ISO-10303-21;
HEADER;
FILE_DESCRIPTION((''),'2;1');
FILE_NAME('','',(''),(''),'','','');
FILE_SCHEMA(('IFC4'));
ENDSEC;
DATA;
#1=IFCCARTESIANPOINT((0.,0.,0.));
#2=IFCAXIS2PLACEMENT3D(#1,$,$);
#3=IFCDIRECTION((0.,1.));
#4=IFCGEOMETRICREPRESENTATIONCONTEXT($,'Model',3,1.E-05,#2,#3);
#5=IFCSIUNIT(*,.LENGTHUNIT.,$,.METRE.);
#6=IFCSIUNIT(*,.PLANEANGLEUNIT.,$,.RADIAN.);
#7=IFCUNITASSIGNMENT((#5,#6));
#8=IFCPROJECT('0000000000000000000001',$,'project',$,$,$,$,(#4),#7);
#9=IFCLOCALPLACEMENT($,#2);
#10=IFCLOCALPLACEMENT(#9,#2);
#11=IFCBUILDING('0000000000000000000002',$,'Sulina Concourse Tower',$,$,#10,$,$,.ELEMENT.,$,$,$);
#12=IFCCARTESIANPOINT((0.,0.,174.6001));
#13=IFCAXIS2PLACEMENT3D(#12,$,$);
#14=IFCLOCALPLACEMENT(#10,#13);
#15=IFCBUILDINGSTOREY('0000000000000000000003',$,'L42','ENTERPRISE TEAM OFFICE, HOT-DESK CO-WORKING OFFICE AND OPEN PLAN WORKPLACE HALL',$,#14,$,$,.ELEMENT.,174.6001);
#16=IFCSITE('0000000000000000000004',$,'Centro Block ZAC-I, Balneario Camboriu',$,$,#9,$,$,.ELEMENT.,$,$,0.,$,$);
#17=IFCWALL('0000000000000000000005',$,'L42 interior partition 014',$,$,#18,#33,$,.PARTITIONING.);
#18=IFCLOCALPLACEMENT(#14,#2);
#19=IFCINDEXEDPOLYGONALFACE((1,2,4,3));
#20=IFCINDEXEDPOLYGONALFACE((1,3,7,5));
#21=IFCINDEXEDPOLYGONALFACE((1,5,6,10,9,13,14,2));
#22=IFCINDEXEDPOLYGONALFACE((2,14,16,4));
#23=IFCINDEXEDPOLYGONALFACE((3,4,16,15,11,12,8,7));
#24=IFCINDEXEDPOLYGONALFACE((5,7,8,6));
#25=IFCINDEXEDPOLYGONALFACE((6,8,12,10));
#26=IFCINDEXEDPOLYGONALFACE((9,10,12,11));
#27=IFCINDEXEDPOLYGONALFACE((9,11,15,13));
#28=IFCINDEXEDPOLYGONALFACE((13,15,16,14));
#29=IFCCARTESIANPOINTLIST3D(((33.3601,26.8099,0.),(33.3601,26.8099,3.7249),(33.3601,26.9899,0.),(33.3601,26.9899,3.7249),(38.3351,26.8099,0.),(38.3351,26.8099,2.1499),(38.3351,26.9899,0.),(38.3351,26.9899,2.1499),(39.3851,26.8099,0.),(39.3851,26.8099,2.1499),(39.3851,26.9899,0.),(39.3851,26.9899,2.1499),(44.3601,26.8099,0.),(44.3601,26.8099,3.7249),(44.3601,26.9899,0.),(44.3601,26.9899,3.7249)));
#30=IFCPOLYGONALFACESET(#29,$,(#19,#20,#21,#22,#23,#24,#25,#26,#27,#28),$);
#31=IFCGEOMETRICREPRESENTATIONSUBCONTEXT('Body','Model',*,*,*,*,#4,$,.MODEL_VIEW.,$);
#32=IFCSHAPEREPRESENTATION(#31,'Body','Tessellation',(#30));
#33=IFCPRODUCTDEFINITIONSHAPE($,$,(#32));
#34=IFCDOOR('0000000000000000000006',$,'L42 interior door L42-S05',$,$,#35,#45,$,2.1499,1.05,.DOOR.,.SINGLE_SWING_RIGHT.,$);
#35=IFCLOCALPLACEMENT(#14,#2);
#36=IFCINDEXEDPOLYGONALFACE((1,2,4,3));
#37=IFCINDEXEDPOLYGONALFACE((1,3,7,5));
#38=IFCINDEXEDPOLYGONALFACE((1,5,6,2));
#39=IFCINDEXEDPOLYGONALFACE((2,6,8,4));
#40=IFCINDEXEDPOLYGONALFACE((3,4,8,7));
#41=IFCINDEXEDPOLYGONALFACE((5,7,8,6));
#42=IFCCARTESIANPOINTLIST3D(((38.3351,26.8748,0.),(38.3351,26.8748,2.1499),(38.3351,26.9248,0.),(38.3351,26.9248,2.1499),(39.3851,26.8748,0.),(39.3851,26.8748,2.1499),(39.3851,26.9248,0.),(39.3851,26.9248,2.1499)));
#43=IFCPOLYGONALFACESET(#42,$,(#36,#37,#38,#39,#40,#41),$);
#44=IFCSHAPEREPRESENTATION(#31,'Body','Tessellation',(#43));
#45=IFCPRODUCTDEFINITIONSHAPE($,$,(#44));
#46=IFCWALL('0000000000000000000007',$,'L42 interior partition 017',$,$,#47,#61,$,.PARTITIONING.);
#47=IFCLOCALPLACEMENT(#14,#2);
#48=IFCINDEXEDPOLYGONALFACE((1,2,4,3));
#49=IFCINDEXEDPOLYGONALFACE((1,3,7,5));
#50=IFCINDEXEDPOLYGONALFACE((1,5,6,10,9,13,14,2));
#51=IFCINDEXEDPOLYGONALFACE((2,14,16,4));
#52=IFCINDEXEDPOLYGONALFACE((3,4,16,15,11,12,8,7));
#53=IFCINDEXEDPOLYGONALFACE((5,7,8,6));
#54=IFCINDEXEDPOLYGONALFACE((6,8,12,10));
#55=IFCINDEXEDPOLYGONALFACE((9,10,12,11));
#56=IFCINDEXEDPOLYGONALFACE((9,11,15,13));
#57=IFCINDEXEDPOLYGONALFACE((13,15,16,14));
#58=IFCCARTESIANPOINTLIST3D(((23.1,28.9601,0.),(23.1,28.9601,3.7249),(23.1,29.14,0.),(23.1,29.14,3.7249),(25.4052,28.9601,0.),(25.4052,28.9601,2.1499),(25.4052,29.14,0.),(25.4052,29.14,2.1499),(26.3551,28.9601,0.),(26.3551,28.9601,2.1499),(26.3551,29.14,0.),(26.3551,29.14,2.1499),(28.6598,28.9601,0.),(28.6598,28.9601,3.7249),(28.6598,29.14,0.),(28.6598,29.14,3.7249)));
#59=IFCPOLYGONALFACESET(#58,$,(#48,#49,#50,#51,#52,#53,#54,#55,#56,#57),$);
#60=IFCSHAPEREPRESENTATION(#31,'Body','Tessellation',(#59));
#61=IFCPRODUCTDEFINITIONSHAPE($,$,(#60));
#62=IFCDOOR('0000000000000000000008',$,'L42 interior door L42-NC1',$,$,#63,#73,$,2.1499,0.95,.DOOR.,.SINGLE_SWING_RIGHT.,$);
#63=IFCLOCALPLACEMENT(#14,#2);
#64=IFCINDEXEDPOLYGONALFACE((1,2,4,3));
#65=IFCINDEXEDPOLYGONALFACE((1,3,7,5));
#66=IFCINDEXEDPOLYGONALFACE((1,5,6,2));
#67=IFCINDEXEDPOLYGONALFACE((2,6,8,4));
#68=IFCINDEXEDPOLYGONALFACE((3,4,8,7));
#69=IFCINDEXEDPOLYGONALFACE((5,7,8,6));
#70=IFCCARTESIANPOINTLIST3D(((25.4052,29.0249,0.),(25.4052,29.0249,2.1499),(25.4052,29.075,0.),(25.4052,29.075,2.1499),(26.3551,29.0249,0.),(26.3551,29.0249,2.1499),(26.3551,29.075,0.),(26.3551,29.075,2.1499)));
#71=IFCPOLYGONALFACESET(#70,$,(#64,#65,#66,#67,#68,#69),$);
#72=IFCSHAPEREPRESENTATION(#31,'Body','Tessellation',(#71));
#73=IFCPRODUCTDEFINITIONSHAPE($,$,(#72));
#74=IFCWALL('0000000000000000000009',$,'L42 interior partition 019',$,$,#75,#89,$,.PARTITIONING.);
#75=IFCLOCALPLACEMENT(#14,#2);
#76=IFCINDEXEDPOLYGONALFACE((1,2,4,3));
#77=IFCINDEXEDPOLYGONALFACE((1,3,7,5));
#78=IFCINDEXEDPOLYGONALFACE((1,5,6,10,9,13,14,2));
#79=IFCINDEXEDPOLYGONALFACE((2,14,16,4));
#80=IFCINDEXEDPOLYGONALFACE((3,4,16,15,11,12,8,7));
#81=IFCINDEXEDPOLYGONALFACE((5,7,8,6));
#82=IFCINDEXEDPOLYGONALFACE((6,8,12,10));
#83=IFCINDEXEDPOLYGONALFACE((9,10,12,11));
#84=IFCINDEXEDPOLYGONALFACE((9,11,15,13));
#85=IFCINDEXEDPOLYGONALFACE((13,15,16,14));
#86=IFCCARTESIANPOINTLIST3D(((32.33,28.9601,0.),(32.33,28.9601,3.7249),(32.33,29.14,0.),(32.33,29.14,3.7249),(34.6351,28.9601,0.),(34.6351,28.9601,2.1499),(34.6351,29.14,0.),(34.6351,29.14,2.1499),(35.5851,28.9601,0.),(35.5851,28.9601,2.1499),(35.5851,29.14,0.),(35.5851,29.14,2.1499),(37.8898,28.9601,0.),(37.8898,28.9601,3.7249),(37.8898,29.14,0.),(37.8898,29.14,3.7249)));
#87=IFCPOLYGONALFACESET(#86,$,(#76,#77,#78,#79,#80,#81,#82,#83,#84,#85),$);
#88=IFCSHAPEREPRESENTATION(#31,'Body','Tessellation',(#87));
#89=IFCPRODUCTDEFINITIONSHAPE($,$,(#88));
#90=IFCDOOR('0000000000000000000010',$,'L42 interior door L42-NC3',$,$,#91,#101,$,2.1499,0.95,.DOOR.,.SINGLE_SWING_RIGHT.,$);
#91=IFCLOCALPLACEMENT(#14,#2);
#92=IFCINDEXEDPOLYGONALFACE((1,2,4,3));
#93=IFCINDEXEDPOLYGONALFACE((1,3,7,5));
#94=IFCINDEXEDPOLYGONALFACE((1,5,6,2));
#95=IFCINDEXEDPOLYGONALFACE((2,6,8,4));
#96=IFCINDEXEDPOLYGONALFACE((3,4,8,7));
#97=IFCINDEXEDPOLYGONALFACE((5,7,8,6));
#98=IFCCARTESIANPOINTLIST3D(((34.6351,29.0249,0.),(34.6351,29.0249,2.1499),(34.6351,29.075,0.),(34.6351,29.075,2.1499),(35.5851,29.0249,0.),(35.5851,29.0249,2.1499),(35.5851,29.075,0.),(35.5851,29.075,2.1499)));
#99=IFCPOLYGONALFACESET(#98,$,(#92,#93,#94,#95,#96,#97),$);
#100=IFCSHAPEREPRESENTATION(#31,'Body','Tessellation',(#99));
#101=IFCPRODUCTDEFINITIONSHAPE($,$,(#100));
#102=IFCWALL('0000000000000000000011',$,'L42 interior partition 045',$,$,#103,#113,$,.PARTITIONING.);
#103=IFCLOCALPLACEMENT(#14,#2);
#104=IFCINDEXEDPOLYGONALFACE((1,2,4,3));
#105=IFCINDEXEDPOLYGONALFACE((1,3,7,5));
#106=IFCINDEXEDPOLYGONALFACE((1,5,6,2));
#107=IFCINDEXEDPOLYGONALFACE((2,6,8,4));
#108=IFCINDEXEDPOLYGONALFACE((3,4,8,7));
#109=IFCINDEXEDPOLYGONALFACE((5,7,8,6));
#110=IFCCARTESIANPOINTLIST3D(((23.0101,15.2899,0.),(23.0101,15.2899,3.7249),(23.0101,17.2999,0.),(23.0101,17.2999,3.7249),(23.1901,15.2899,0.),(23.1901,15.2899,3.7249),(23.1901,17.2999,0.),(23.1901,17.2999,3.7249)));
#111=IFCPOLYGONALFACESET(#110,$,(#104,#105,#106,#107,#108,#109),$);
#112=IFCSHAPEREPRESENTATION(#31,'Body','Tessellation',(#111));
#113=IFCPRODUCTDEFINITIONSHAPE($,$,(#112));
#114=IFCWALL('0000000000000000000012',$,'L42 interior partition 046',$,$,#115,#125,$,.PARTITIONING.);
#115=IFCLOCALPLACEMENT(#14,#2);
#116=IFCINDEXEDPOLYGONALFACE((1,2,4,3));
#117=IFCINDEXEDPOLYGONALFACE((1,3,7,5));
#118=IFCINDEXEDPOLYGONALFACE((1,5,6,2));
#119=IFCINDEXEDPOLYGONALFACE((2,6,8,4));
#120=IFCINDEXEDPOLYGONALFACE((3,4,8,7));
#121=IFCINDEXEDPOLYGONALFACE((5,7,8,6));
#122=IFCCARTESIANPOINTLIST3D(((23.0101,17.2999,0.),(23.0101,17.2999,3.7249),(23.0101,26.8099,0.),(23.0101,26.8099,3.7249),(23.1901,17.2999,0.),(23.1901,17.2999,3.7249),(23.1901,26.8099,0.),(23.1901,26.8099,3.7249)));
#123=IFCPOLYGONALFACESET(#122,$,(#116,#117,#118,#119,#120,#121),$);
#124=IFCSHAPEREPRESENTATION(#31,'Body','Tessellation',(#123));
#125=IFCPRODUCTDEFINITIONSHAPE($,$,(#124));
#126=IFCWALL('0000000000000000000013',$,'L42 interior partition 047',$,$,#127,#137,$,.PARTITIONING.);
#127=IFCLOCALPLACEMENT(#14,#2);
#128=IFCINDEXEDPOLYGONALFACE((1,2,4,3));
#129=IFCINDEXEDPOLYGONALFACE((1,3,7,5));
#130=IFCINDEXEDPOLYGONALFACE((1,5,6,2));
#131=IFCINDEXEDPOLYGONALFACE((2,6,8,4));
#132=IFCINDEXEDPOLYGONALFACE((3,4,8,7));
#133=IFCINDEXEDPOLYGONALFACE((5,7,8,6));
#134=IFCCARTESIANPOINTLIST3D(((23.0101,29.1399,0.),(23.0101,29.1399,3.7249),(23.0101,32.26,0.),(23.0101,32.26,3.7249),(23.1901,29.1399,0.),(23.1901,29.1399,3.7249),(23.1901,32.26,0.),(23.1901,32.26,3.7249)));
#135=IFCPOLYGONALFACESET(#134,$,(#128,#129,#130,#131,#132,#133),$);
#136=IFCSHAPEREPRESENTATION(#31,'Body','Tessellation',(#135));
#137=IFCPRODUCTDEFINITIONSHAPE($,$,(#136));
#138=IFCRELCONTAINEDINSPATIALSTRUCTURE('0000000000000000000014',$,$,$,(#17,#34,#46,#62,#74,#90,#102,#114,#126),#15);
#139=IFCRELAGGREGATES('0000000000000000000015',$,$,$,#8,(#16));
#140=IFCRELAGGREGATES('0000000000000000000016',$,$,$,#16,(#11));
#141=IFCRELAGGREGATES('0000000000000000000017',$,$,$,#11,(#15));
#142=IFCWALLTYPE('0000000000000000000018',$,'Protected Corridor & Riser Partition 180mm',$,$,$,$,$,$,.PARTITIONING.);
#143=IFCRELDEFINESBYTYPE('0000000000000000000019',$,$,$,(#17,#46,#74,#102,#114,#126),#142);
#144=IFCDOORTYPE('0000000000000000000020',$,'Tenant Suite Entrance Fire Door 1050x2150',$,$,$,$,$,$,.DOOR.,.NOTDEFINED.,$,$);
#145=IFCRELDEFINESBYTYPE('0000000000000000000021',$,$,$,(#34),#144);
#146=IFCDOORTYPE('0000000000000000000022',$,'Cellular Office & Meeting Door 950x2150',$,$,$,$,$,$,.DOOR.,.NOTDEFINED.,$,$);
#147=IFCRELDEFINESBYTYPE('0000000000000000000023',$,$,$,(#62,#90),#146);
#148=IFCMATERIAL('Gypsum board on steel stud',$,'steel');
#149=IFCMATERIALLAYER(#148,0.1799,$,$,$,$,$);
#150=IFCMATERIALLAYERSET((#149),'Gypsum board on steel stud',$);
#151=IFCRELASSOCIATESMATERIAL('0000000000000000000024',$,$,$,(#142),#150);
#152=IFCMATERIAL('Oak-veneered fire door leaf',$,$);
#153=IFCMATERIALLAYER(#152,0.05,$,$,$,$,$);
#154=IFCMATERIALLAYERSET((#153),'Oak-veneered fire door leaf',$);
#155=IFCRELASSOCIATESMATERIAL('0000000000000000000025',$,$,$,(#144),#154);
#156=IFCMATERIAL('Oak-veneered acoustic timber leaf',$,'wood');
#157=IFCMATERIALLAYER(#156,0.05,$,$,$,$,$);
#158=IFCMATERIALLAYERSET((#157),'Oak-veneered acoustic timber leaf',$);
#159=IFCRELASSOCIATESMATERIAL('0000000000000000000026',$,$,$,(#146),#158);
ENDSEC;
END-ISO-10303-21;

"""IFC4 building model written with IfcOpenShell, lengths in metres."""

from ifc_helpers import new_model, si_unit, direction, frame, frame_2d, origin, place, context, subcontext, project, spatial, rectangle, extrude, material, layer, layer_set, type_object, element, fill, save


model = new_model("IFC4")

# Units and contexts
model_context = context("Model", 3, precision=1e-05, world=origin(), true_north=direction((0.0, 1.0)))
body_context = subcontext(model_context, "Body", "Model", "MODEL_VIEW")
ifc_project = project(units=[si_unit("LENGTHUNIT", "METRE"), si_unit("PLANEANGLEUNIT", "RADIAN")], contexts=[model_context])

# Site, building, storey
site_placement = place(None, origin())
site = spatial("IfcSite", under=ifc_project, at=site_placement, Name="Centro Block ZAC-I, Balneario Camboriu", CompositionType="ELEMENT", RefElevation=0.0)
building_placement = place(site_placement, origin())
building = spatial("IfcBuilding", under=site, at=building_placement, Name="Sulina Concourse Tower", CompositionType="ELEMENT")
storey_placement = place(building_placement, frame((0.0, 0.0, 174.6001)))
storey = spatial("IfcBuildingStorey", under=building, at=storey_placement, Name="L42", Description="ENTERPRISE TEAM OFFICE, HOT-DESK CO-WORKING OFFICE AND OPEN PLAN WORKPLACE HALL", CompositionType="ELEMENT", Elevation=174.6001)

# Walls, openings, doors
ifc_material_1 = material(Name="Gypsum board on steel stud", Category="steel")
ifc_layer_1 = layer(ifc_material_1, 0.1799)
ifc_layer_set_1 = layer_set([ifc_layer_1], Name="Gypsum board on steel stud")
wall_type_1 = type_object("IfcWallType", Name="Protected Corridor & Riser Partition 180mm", PredefinedType="PARTITIONING", material=ifc_layer_set_1)
wall_1_placement = place(storey_placement, frame((33.3601, 26.8999, 0.0), z_axis=(0.0, 0.0, 1.0), x_axis=(1.0, 0.0, 0.0)))
wall_1 = element("IfcWall", 1, at=wall_1_placement, inside=storey, type_object=wall_type_1, Name="L42 interior partition 014", PredefinedType="PARTITIONING", context=body_context, shape_type="SweptSolid", body=[
    extrude(rectangle(XDim=11.0, YDim=0.1799, at=frame_2d((5.5, 0.0))), origin(), (0.0, 0.0, 1.0), 3.7249),
])
opening_1_placement = place(wall_1_placement, frame((4.9751, 0.0, 0.0)))
opening_1 = element("IfcOpeningElement", 2, at=opening_1_placement, cuts=wall_1, PredefinedType="OPENING", context=body_context, shape_type="SweptSolid", body=[
    extrude(rectangle(XDim=1.05, YDim=2.1499, at=frame_2d((0.5249, 1.075))), frame((0.0, 0.0999, 0.0), z_axis=(0.0, -1.0, 0.0), x_axis=(1.0, 0.0, 0.0)), (0.0, 0.0, 1.0), 0.2),
])
ifc_material_2 = material(Name="Oak-veneered fire door leaf")
ifc_layer_2 = layer(ifc_material_2, 0.05)
ifc_layer_set_2 = layer_set([ifc_layer_2], Name="Oak-veneered fire door leaf")
door_type_1 = type_object("IfcDoorType", Name="Tenant Suite Entrance Fire Door 1050x2150", OperationType="NOTDEFINED", PredefinedType="DOOR", material=ifc_layer_set_2)
door_1_placement = place(opening_1_placement, origin())
door_1 = element("IfcDoor", 3, at=door_1_placement, inside=storey, type_object=door_type_1, Name="L42 interior door L42-S05", OperationType="SINGLE_SWING_RIGHT", OverallHeight=2.1499, OverallWidth=1.05, PredefinedType="DOOR", context=body_context, shape_type="SweptSolid", body=[
    extrude(rectangle(XDim=1.05, YDim=2.1499, at=frame_2d((0.5249, 1.075))), frame((0.0, 0.0249, 0.0), z_axis=(0.0, -1.0, 0.0), x_axis=(1.0, 0.0, 0.0)), (0.0, 0.0, 1.0), 0.05),
])
fill(opening_1, door_1)
wall_2_placement = place(storey_placement, frame((23.1001, 29.05, 0.0), z_axis=(0.0, 0.0, 1.0), x_axis=(1.0, 0.0, 0.0)))
wall_2 = element("IfcWall", 4, at=wall_2_placement, inside=storey, type_object=wall_type_1, Name="L42 interior partition 017", PredefinedType="PARTITIONING", context=body_context, shape_type="SweptSolid", body=[
    extrude(rectangle(XDim=5.5598, YDim=0.1799, at=frame_2d((2.7798, 0.0))), origin(), (0.0, 0.0, 1.0), 3.7249),
])
opening_2_placement = place(wall_2_placement, frame((2.3049, 0.0, 0.0)))
opening_2 = element("IfcOpeningElement", 5, at=opening_2_placement, cuts=wall_2, PredefinedType="OPENING", context=body_context, shape_type="SweptSolid", body=[
    extrude(rectangle(XDim=0.95, YDim=2.1499, at=frame_2d((0.4751, 1.075))), frame((0.0, 0.0999, 0.0), z_axis=(0.0, -1.0, 0.0), x_axis=(1.0, 0.0, 0.0)), (0.0, 0.0, 1.0), 0.2),
])
ifc_material_3 = material(Name="Oak-veneered acoustic timber leaf", Category="wood")
ifc_layer_3 = layer(ifc_material_3, 0.05)
ifc_layer_set_3 = layer_set([ifc_layer_3], Name="Oak-veneered acoustic timber leaf")
door_type_2 = type_object("IfcDoorType", Name="Cellular Office & Meeting Door 950x2150", OperationType="NOTDEFINED", PredefinedType="DOOR", material=ifc_layer_set_3)
door_2_placement = place(opening_2_placement, origin())
door_2 = element("IfcDoor", 6, at=door_2_placement, inside=storey, type_object=door_type_2, Name="L42 interior door L42-NC1", OperationType="SINGLE_SWING_RIGHT", OverallHeight=2.1499, OverallWidth=0.95, PredefinedType="DOOR", context=body_context, shape_type="SweptSolid", body=[
    extrude(rectangle(XDim=0.95, YDim=2.1499, at=frame_2d((0.4751, 1.075))), frame((0.0, 0.0249, 0.0), z_axis=(0.0, -1.0, 0.0), x_axis=(1.0, 0.0, 0.0)), (0.0, 0.0, 1.0), 0.05),
])
fill(opening_2, door_2)
wall_3_placement = place(storey_placement, frame((32.3301, 29.05, 0.0), z_axis=(0.0, 0.0, 1.0), x_axis=(1.0, 0.0, 0.0)))
wall_3 = element("IfcWall", 7, at=wall_3_placement, inside=storey, type_object=wall_type_1, Name="L42 interior partition 019", PredefinedType="PARTITIONING", context=body_context, shape_type="SweptSolid", body=[
    extrude(rectangle(XDim=5.5598, YDim=0.1799, at=frame_2d((2.7798, 0.0))), origin(), (0.0, 0.0, 1.0), 3.7249),
])
opening_3_placement = place(wall_3_placement, frame((2.3049, 0.0, 0.0)))
opening_3 = element("IfcOpeningElement", 8, at=opening_3_placement, cuts=wall_3, PredefinedType="OPENING", context=body_context, shape_type="SweptSolid", body=[
    extrude(rectangle(XDim=0.95, YDim=2.1499, at=frame_2d((0.4751, 1.075))), frame((0.0, 0.0999, 0.0), z_axis=(0.0, -1.0, 0.0), x_axis=(1.0, 0.0, 0.0)), (0.0, 0.0, 1.0), 0.2),
])
door_3_placement = place(opening_3_placement, origin())
door_3 = element("IfcDoor", 9, at=door_3_placement, inside=storey, type_object=door_type_2, Name="L42 interior door L42-NC3", OperationType="SINGLE_SWING_RIGHT", OverallHeight=2.1499, OverallWidth=0.95, PredefinedType="DOOR", context=body_context, shape_type="SweptSolid", body=[
    extrude(rectangle(XDim=0.95, YDim=2.1499, at=frame_2d((0.4751, 1.075))), frame((0.0, 0.0249, 0.0), z_axis=(0.0, -1.0, 0.0), x_axis=(1.0, 0.0, 0.0)), (0.0, 0.0, 1.0), 0.05),
])
fill(opening_3, door_3)

# Walls
wall_4_placement = place(storey_placement, frame((23.1001, 15.29, 0.0), z_axis=(0.0, 0.0, 1.0), x_axis=(0.0, 1.0, 0.0)))
element("IfcWall", 10, at=wall_4_placement, inside=storey, type_object=wall_type_1, Name="L42 interior partition 045", PredefinedType="PARTITIONING", context=body_context, shape_type="SweptSolid", body=[
    extrude(rectangle(XDim=2.01, YDim=0.1799, at=frame_2d((1.0049, 0.0))), origin(), (0.0, 0.0, 1.0), 3.7249),
])
wall_5_placement = place(storey_placement, frame((23.1001, 17.3, 0.0), z_axis=(0.0, 0.0, 1.0), x_axis=(0.0, 1.0, 0.0)))
element("IfcWall", 11, at=wall_5_placement, inside=storey, type_object=wall_type_1, Name="L42 interior partition 046", PredefinedType="PARTITIONING", context=body_context, shape_type="SweptSolid", body=[
    extrude(rectangle(XDim=9.51, YDim=0.1799, at=frame_2d((4.7549, 0.0))), origin(), (0.0, 0.0, 1.0), 3.7249),
])
wall_6_placement = place(storey_placement, frame((23.1001, 29.1399, 0.0), z_axis=(0.0, 0.0, 1.0), x_axis=(0.0, 1.0, 0.0)))
element("IfcWall", 12, at=wall_6_placement, inside=storey, type_object=wall_type_1, Name="L42 interior partition 047", PredefinedType="PARTITIONING", context=body_context, shape_type="SweptSolid", body=[
    extrude(rectangle(XDim=3.1201, YDim=0.1799, at=frame_2d((1.5601, 0.0))), origin(), (0.0, 0.0, 1.0), 3.7249),
])

save(model, "model.ifc")
